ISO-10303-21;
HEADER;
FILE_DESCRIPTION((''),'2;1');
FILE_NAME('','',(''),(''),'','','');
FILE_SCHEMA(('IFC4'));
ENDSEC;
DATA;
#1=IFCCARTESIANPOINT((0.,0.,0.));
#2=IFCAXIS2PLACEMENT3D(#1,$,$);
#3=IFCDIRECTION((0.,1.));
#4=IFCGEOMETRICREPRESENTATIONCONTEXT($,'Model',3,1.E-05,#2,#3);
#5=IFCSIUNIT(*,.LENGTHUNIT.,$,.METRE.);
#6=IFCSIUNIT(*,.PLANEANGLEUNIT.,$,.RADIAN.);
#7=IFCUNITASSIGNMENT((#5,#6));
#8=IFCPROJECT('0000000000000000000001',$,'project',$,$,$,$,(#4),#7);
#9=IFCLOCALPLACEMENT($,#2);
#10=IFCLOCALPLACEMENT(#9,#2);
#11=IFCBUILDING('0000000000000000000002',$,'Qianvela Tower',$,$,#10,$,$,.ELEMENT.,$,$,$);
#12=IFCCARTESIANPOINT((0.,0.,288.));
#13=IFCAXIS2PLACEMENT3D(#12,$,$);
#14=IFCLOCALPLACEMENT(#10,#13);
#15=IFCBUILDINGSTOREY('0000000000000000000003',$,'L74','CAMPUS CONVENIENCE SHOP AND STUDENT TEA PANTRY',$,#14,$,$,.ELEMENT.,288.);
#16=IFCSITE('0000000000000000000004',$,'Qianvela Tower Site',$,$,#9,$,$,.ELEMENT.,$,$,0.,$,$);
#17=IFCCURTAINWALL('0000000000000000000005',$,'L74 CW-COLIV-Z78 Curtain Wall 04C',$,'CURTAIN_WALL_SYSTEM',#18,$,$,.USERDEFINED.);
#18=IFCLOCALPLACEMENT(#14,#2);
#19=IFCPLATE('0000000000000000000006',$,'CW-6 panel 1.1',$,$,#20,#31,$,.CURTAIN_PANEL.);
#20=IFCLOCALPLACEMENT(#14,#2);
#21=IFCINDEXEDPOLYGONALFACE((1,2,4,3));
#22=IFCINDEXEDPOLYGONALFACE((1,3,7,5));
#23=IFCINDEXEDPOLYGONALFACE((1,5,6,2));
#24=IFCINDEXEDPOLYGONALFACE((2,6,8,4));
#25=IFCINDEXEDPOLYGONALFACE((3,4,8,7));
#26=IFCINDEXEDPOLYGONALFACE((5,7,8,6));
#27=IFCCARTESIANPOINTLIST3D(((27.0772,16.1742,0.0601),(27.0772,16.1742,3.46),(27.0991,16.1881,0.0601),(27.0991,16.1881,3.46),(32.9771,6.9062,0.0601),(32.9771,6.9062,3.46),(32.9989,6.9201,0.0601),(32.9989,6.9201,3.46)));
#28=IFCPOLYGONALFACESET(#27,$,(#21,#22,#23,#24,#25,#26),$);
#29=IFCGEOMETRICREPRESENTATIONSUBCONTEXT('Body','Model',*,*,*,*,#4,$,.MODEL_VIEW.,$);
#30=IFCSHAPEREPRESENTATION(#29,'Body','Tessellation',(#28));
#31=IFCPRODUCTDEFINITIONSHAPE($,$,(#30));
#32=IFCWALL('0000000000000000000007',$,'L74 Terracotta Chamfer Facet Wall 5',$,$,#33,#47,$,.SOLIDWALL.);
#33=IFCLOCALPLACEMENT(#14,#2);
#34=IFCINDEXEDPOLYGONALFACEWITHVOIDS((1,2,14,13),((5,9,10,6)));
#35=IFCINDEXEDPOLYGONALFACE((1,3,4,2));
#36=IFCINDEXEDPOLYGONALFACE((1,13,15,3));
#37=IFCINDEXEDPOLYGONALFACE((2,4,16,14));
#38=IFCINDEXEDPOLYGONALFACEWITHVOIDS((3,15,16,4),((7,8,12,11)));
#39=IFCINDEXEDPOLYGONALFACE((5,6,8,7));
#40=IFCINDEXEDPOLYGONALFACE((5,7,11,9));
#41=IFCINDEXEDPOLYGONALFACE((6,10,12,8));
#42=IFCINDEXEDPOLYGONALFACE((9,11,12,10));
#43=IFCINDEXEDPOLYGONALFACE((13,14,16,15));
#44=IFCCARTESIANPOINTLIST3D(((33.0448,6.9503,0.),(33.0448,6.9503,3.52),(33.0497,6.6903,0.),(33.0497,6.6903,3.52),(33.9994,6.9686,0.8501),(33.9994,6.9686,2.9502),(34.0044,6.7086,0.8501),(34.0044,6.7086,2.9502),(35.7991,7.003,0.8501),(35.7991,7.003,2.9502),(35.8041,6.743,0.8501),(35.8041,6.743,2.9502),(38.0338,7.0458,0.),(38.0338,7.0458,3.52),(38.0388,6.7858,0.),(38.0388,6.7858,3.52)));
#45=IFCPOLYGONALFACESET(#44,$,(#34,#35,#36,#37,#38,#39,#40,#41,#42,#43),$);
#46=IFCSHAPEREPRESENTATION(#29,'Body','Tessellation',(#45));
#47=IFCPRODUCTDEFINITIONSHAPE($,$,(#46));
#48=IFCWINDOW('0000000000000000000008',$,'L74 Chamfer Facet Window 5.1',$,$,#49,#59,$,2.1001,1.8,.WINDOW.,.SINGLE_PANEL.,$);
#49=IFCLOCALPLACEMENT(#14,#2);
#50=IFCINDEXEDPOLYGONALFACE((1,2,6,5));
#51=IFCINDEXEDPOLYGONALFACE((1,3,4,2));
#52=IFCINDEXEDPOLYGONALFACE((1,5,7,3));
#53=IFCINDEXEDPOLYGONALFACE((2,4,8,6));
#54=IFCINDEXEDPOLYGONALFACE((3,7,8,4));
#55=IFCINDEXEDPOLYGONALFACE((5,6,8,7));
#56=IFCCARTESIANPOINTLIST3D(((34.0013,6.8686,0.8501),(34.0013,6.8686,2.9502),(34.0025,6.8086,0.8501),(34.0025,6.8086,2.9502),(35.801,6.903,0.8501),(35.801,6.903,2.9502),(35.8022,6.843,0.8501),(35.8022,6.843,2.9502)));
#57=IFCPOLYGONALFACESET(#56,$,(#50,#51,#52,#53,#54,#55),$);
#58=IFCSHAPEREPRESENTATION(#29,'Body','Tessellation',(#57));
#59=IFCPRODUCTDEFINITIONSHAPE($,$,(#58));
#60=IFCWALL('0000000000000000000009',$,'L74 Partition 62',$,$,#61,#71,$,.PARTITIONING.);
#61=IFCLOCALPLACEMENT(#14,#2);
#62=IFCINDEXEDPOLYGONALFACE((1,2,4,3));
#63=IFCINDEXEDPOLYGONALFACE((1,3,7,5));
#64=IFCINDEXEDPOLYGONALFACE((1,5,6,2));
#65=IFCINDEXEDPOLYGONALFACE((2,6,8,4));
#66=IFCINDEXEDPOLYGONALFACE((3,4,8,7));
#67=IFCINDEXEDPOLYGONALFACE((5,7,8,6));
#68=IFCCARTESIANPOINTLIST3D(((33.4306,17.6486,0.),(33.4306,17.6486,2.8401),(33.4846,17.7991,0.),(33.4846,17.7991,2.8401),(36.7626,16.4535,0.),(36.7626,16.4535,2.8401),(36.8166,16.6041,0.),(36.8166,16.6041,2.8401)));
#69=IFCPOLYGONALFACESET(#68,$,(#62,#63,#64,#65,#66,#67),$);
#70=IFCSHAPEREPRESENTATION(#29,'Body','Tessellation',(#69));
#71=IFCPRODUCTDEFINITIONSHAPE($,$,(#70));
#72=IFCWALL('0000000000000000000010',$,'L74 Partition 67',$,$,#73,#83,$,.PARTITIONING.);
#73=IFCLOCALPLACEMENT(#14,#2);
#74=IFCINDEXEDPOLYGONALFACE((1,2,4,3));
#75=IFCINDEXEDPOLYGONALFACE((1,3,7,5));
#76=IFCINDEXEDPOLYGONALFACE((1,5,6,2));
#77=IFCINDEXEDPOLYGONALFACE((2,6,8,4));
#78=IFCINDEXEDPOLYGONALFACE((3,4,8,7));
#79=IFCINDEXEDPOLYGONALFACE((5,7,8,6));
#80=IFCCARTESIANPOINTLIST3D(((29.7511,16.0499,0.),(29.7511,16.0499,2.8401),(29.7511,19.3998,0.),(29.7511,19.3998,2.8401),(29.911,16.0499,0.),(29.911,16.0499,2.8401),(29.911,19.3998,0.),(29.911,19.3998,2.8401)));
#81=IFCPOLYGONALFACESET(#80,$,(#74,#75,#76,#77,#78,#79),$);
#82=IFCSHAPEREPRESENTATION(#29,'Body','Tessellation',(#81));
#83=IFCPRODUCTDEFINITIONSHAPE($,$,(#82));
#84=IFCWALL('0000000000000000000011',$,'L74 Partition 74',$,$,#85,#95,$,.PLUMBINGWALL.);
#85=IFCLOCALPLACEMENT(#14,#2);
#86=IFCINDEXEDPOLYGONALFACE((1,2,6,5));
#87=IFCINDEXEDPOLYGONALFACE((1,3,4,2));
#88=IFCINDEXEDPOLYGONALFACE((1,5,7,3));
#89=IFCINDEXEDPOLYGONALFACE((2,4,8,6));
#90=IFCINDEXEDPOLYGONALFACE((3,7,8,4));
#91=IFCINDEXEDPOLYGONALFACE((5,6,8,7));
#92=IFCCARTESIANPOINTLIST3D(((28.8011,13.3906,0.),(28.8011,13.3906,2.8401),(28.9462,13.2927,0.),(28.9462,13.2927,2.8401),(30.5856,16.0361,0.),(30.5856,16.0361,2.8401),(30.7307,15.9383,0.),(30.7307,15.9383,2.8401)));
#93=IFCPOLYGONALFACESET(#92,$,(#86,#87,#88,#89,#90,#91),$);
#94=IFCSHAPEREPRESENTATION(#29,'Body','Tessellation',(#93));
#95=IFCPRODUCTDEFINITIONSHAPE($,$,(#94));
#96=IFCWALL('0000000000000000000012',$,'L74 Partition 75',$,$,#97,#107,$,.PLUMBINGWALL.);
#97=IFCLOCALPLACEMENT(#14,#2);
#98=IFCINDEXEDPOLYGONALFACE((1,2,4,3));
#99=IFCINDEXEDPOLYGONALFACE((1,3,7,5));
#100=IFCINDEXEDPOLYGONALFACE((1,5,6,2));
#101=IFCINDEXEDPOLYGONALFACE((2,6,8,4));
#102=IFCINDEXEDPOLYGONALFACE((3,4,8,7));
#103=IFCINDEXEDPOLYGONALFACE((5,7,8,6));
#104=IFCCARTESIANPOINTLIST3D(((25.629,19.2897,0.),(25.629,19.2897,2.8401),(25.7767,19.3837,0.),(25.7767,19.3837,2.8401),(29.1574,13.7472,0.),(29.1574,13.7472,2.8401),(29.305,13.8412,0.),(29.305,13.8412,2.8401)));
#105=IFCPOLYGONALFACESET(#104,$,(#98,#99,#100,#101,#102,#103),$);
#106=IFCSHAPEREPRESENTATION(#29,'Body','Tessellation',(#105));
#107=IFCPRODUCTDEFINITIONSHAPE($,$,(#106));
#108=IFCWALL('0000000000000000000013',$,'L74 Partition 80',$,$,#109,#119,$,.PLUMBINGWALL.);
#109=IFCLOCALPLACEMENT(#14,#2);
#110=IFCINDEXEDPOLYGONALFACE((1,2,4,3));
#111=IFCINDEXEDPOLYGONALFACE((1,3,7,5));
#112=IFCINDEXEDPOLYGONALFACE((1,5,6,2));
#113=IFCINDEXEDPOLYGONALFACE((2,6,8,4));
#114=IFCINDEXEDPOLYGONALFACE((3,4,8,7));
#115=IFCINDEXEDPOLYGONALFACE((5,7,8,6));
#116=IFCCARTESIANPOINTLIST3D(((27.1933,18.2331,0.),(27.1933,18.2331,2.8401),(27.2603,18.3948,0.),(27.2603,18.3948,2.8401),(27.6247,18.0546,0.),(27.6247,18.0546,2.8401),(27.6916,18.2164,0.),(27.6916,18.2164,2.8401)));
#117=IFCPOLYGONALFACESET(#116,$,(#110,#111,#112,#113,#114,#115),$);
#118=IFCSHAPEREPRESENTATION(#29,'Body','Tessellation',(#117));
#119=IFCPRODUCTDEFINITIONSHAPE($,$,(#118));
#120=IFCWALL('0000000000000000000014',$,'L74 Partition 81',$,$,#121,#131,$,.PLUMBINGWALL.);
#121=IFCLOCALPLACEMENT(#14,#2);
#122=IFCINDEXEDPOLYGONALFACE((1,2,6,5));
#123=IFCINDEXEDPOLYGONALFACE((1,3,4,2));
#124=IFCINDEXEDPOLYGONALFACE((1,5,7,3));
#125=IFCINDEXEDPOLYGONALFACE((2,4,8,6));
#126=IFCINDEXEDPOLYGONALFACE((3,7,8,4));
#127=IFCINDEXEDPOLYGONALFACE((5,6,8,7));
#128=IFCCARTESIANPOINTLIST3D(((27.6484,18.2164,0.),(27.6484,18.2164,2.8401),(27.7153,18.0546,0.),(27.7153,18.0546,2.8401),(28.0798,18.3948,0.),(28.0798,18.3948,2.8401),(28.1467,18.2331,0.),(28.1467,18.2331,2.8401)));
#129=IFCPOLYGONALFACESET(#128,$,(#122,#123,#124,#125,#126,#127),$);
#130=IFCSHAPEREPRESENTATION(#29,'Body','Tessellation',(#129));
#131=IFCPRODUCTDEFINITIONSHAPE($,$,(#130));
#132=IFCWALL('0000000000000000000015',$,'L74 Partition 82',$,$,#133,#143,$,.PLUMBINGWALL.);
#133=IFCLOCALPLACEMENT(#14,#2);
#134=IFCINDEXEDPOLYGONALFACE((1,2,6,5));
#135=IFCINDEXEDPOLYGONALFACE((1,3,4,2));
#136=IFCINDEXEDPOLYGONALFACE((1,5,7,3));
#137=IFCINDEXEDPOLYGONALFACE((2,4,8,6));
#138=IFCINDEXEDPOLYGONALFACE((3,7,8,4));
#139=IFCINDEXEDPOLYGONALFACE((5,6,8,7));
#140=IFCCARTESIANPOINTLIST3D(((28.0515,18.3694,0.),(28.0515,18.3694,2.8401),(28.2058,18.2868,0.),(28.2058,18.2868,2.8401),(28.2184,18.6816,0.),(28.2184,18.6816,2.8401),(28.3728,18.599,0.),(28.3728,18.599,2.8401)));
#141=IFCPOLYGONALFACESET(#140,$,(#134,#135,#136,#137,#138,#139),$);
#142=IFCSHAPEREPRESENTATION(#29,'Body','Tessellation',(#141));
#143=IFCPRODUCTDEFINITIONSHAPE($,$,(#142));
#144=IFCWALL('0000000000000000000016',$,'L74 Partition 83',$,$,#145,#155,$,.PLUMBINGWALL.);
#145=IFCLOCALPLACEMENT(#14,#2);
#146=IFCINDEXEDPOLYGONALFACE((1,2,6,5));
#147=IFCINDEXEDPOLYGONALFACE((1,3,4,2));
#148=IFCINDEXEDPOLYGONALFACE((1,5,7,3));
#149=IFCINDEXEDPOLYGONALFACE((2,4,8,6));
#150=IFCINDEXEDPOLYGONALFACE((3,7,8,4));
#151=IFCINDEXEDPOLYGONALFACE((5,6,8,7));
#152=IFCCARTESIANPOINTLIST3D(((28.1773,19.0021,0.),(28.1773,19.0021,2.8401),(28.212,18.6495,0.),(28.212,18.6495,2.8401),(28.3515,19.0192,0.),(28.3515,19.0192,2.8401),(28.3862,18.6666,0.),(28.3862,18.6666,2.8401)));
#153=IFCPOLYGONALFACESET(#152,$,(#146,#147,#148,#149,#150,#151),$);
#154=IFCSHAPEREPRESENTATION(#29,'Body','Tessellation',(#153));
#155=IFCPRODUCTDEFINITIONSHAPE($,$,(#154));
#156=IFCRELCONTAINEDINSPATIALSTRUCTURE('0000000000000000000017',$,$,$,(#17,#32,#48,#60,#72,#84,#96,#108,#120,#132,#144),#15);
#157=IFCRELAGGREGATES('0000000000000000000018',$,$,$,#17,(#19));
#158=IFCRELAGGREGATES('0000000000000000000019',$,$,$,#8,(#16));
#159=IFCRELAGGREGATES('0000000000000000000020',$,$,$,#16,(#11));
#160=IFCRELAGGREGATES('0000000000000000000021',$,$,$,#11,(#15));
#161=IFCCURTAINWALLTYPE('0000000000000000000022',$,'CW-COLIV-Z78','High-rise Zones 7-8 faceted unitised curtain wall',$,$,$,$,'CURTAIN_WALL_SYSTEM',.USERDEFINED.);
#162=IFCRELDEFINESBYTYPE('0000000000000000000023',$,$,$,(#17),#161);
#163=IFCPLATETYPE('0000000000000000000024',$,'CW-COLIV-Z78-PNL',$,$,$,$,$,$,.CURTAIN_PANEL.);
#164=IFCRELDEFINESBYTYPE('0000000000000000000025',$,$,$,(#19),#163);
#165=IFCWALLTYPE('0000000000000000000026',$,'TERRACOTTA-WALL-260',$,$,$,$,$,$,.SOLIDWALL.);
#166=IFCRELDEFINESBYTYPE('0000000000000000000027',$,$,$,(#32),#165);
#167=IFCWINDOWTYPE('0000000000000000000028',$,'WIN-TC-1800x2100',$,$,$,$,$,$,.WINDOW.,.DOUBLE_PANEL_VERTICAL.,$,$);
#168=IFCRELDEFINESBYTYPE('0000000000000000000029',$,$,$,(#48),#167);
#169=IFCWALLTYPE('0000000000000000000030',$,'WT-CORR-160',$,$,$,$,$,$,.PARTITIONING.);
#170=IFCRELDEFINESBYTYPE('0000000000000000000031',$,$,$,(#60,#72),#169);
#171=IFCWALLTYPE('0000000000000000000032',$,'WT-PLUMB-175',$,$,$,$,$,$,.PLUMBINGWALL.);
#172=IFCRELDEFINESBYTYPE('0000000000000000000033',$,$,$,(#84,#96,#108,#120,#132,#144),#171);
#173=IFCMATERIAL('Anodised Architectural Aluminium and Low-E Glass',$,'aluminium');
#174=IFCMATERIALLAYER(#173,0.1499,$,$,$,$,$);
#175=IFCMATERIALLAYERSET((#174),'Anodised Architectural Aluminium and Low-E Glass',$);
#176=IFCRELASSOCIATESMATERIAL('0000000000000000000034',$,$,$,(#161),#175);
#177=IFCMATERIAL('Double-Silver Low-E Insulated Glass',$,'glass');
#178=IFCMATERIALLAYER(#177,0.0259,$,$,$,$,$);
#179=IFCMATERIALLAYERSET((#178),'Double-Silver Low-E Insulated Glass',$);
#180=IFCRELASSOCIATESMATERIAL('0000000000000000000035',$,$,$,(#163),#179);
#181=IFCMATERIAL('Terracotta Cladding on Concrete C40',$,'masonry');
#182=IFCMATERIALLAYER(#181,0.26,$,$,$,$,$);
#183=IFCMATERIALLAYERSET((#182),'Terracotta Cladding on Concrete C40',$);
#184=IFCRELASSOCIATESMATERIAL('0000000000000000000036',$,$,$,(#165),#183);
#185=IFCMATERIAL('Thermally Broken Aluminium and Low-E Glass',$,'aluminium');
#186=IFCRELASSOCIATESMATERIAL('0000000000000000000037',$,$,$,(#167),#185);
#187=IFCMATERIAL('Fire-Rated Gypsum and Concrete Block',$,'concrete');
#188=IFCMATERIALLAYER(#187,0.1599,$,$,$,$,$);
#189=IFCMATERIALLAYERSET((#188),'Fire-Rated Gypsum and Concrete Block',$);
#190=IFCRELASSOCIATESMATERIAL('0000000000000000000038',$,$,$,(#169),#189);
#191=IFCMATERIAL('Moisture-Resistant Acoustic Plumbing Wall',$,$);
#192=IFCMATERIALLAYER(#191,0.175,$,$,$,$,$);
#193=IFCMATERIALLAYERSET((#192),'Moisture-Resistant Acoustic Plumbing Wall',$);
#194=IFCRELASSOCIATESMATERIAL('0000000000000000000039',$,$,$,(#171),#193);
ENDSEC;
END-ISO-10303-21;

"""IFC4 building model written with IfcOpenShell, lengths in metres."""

from ifc_helpers import new_model, si_unit, direction, frame, frame_2d, origin, origin_2d, place, context, subcontext, project, spatial, rectangle, extrude, material, layer, layer_set, type_object, element, fill, aggregate, save


model = new_model("IFC4")

# Units and contexts
model_context = context("Model", 3, precision=1e-05, world=origin(), true_north=direction((0.0, 1.0)))
body_context = subcontext(model_context, "Body", "Model", "MODEL_VIEW")
ifc_project = project(units=[si_unit("LENGTHUNIT", "METRE"), si_unit("PLANEANGLEUNIT", "RADIAN")], contexts=[model_context])

# Site, building, storey
site_placement = place(None, origin())
site = spatial("IfcSite", under=ifc_project, at=site_placement, Name="Qianvela Tower Site", CompositionType="ELEMENT", RefElevation=0.0)
building_placement = place(site_placement, origin())
building = spatial("IfcBuilding", under=site, at=building_placement, Name="Qianvela Tower", CompositionType="ELEMENT")
storey_placement = place(building_placement, frame((0.0, 0.0, 288.0)))
storey = spatial("IfcBuildingStorey", under=building, at=storey_placement, Name="L74", Description="CAMPUS CONVENIENCE SHOP AND STUDENT TEA PANTRY", CompositionType="ELEMENT", Elevation=288.0)

# Curtain wall, plate
ifc_material_1 = material(Name="Anodised Architectural Aluminium and Low-E Glass", Category="aluminium")
ifc_layer_1 = layer(ifc_material_1, 0.1499)
ifc_layer_set_1 = layer_set([ifc_layer_1], Name="Anodised Architectural Aluminium and Low-E Glass")
curtain_wall_type = type_object("IfcCurtainWallType", Name="CW-COLIV-Z78", Description="High-rise Zones 7-8 faceted unitised curtain wall", ElementType="CURTAIN_WALL_SYSTEM", PredefinedType="USERDEFINED", material=ifc_layer_set_1)
curtain_wall_placement = place(storey_placement, origin())
curtain_wall = element("IfcCurtainWall", 1, at=curtain_wall_placement, inside=storey, type_object=curtain_wall_type, Name="L74 CW-COLIV-Z78 Curtain Wall 04C", ObjectType="CURTAIN_WALL_SYSTEM", PredefinedType="USERDEFINED")
ifc_material_2 = material(Name="Double-Silver Low-E Insulated Glass", Category="glass")
ifc_layer_2 = layer(ifc_material_2, 0.0259)
ifc_layer_set_2 = layer_set([ifc_layer_2], Name="Double-Silver Low-E Insulated Glass")
plate_type = type_object("IfcPlateType", Name="CW-COLIV-Z78-PNL", PredefinedType="CURTAIN_PANEL", material=ifc_layer_set_2)
plate_placement = place(storey_placement, frame((30.0381, 11.5471, 0.0601), z_axis=(0.0, 0.0, 1.0), x_axis=(0.537009, -0.843577, 0.0)))
plate = element("IfcPlate", 2, at=plate_placement, type_object=plate_type, Name="CW-6 panel 1.1", PredefinedType="CURTAIN_PANEL", context=body_context, shape_type="SweptSolid", body=[
    extrude(rectangle(XDim=10.9866, YDim=0.0259, at=origin_2d()), origin(), (0.0, 0.0, 1.0), 3.3999),
])
aggregate(curtain_wall, [plate])

# Wall, opening, window
ifc_material_3 = material(Name="Terracotta Cladding on Concrete C40", Category="masonry")
ifc_layer_3 = layer(ifc_material_3, 0.26)
ifc_layer_set_3 = layer_set([ifc_layer_3], Name="Terracotta Cladding on Concrete C40")
wall_type_1 = type_object("IfcWallType", Name="TERRACOTTA-WALL-260", PredefinedType="SOLIDWALL", material=ifc_layer_set_3)
wall_1_placement = place(storey_placement, frame((33.0471, 6.8203, 0.0), z_axis=(0.0, 0.0, 1.0), x_axis=(0.999817, 0.01913, 0.0)))
wall_1 = element("IfcWall", 3, at=wall_1_placement, inside=storey, type_object=wall_type_1, Name="L74 Terracotta Chamfer Facet Wall 5", PredefinedType="SOLIDWALL", context=body_context, shape_type="SweptSolid", body=[
    extrude(rectangle(XDim=4.99, YDim=0.26, at=frame_2d((2.4951, 0.0))), origin(), (0.0, 0.0, 1.0), 3.52),
])
opening_placement = place(wall_1_placement, frame((0.9551, 0.0, 0.8501)))
opening = element("IfcOpeningElement", 4, at=opening_placement, cuts=wall_1, PredefinedType="OPENING", context=body_context, shape_type="SweptSolid", body=[
    extrude(rectangle(XDim=1.8, YDim=2.1001, at=frame_2d((0.8999, 1.05))), frame((0.0, 0.1399, 0.0), z_axis=(0.0, -1.0, 0.0), x_axis=(1.0, 0.0, 0.0)), (0.0, 0.0, 1.0), 0.28),
])
ifc_material_4 = material(Name="Thermally Broken Aluminium and Low-E Glass", Category="aluminium")
window_type = type_object("IfcWindowType", Name="WIN-TC-1800x2100", PartitioningType="DOUBLE_PANEL_VERTICAL", PredefinedType="WINDOW", material=ifc_material_4)
window_placement = place(opening_placement, origin())
window = element("IfcWindow", 5, at=window_placement, inside=storey, type_object=window_type, Name="L74 Chamfer Facet Window 5.1", OverallHeight=2.1001, OverallWidth=1.8, PartitioningType="SINGLE_PANEL", PredefinedType="WINDOW", context=body_context, shape_type="SweptSolid", body=[
    extrude(rectangle(XDim=1.8, YDim=2.1001, at=frame_2d((0.8999, 1.05))), frame((0.0, 0.03, 0.0), z_axis=(0.0, -1.0, 0.0), x_axis=(1.0, 0.0, 0.0)), (0.0, 0.0, 1.0), 0.0601),
])
fill(opening, window)

# Walls
ifc_material_5 = material(Name="Fire-Rated Gypsum and Concrete Block", Category="concrete")
ifc_layer_4 = layer(ifc_material_5, 0.1599)
ifc_layer_set_4 = layer_set([ifc_layer_4], Name="Fire-Rated Gypsum and Concrete Block")
wall_type_2 = type_object("IfcWallType", Name="WT-CORR-160", PredefinedType="PARTITIONING", material=ifc_layer_set_4)
wall_2_placement = place(storey_placement, frame((33.4575, 17.7239, 0.0), z_axis=(0.0, 0.0, 1.0), x_axis=(0.941289, -0.337603, 0.0)))
element("IfcWall", 6, at=wall_2_placement, inside=storey, type_object=wall_type_2, Name="L74 Partition 62", PredefinedType="PARTITIONING", context=body_context, shape_type="SweptSolid", body=[
    extrude(rectangle(XDim=3.5398, YDim=0.1599, at=frame_2d((1.77, 0.0))), origin(), (0.0, 0.0, 1.0), 2.8401),
])
wall_3_placement = place(storey_placement, frame((29.8311, 16.05, 0.0), z_axis=(0.0, 0.0, 1.0), x_axis=(0.0, 1.0, 0.0)))
element("IfcWall", 7, at=wall_3_placement, inside=storey, type_object=wall_type_2, Name="L74 Partition 67", PredefinedType="PARTITIONING", context=body_context, shape_type="SweptSolid", body=[
    extrude(rectangle(XDim=3.3499, YDim=0.1599, at=frame_2d((1.6748, 0.0))), origin(), (0.0, 0.0, 1.0), 2.8401),
])
ifc_material_6 = material(Name="Moisture-Resistant Acoustic Plumbing Wall")
ifc_layer_5 = layer(ifc_material_6, 0.175)
ifc_layer_set_5 = layer_set([ifc_layer_5], Name="Moisture-Resistant Acoustic Plumbing Wall")
wall_type_3 = type_object("IfcWallType", Name="WT-PLUMB-175", PredefinedType="PLUMBINGWALL", material=ifc_layer_set_5)
wall_4_placement = place(storey_placement, frame((30.6582, 15.9873, 0.0), z_axis=(0.0, 0.0, 1.0), x_axis=(-0.559194, -0.829037, 0.0)))
element("IfcWall", 8, at=wall_4_placement, inside=storey, type_object=wall_type_3, Name="L74 Partition 74", PredefinedType="PLUMBINGWALL", context=body_context, shape_type="SweptSolid", body=[
    extrude(rectangle(XDim=3.1912, YDim=0.175, at=frame_2d((1.5957, 0.0))), origin(), (0.0, 0.0, 1.0), 2.8401),
])
wall_5_placement = place(storey_placement, frame((29.2312, 13.7942, 0.0), z_axis=(0.0, 0.0, 1.0), x_axis=(-0.537015, 0.843573, 0.0)))
element("IfcWall", 9, at=wall_5_placement, inside=storey, type_object=wall_type_3, Name="L74 Partition 75", PredefinedType="PLUMBINGWALL", context=body_context, shape_type="SweptSolid", body=[
    extrude(rectangle(XDim=6.5703, YDim=0.175, at=frame_2d((3.2852, 0.0))), origin(), (0.0, 0.0, 1.0), 2.8401),
])
for number, where, z_axis, x_axis, name in (
    (10, (27.2268, 18.314, 0.0), (0.0, 0.0, 1.0), (0.924049, -0.382275, 0.0), "L74 Partition 80"),
    (11, (27.6819, 18.1355, 0.0), (0.0, 0.0, 1.0), (0.924049, 0.382275, 0.0), "L74 Partition 81"),
):
    element("IfcWall", number, at=place(storey_placement, frame(where, z_axis=z_axis, x_axis=x_axis)), inside=storey, type_object=wall_type_3, Name=name, PredefinedType="PLUMBINGWALL", context=body_context, shape_type="SweptSolid", body=[
        extrude(rectangle(XDim=0.4668, YDim=0.175, at=frame_2d((0.2334, 0.0))), origin(), (0.0, 0.0, 1.0), 2.8401),
    ])
wall_6_placement = place(storey_placement, frame((28.1287, 18.3281, 0.0), z_axis=(0.0, 0.0, 1.0), x_axis=(0.47159, 0.881818, 0.0)))
element("IfcWall", 12, at=wall_6_placement, inside=storey, type_object=wall_type_3, Name="L74 Partition 82", PredefinedType="PLUMBINGWALL", context=body_context, shape_type="SweptSolid", body=[
    extrude(rectangle(XDim=0.354, YDim=0.175, at=frame_2d((0.177, 0.0))), origin(), (0.0, 0.0, 1.0), 2.8401),
])
wall_7_placement = place(storey_placement, frame((28.2991, 18.658, 0.0), z_axis=(0.0, 0.0, 1.0), x_axis=(-0.097866, 0.9952, 0.0)))
element("IfcWall", 13, at=wall_7_placement, inside=storey, type_object=wall_type_3, Name="L74 Partition 83", PredefinedType="PLUMBINGWALL", context=body_context, shape_type="SweptSolid", body=[
    extrude(rectangle(XDim=0.3542, YDim=0.175, at=frame_2d((0.1772, 0.0))), origin(), (0.0, 0.0, 1.0), 2.8401),
])

save(model, "model.ifc")
